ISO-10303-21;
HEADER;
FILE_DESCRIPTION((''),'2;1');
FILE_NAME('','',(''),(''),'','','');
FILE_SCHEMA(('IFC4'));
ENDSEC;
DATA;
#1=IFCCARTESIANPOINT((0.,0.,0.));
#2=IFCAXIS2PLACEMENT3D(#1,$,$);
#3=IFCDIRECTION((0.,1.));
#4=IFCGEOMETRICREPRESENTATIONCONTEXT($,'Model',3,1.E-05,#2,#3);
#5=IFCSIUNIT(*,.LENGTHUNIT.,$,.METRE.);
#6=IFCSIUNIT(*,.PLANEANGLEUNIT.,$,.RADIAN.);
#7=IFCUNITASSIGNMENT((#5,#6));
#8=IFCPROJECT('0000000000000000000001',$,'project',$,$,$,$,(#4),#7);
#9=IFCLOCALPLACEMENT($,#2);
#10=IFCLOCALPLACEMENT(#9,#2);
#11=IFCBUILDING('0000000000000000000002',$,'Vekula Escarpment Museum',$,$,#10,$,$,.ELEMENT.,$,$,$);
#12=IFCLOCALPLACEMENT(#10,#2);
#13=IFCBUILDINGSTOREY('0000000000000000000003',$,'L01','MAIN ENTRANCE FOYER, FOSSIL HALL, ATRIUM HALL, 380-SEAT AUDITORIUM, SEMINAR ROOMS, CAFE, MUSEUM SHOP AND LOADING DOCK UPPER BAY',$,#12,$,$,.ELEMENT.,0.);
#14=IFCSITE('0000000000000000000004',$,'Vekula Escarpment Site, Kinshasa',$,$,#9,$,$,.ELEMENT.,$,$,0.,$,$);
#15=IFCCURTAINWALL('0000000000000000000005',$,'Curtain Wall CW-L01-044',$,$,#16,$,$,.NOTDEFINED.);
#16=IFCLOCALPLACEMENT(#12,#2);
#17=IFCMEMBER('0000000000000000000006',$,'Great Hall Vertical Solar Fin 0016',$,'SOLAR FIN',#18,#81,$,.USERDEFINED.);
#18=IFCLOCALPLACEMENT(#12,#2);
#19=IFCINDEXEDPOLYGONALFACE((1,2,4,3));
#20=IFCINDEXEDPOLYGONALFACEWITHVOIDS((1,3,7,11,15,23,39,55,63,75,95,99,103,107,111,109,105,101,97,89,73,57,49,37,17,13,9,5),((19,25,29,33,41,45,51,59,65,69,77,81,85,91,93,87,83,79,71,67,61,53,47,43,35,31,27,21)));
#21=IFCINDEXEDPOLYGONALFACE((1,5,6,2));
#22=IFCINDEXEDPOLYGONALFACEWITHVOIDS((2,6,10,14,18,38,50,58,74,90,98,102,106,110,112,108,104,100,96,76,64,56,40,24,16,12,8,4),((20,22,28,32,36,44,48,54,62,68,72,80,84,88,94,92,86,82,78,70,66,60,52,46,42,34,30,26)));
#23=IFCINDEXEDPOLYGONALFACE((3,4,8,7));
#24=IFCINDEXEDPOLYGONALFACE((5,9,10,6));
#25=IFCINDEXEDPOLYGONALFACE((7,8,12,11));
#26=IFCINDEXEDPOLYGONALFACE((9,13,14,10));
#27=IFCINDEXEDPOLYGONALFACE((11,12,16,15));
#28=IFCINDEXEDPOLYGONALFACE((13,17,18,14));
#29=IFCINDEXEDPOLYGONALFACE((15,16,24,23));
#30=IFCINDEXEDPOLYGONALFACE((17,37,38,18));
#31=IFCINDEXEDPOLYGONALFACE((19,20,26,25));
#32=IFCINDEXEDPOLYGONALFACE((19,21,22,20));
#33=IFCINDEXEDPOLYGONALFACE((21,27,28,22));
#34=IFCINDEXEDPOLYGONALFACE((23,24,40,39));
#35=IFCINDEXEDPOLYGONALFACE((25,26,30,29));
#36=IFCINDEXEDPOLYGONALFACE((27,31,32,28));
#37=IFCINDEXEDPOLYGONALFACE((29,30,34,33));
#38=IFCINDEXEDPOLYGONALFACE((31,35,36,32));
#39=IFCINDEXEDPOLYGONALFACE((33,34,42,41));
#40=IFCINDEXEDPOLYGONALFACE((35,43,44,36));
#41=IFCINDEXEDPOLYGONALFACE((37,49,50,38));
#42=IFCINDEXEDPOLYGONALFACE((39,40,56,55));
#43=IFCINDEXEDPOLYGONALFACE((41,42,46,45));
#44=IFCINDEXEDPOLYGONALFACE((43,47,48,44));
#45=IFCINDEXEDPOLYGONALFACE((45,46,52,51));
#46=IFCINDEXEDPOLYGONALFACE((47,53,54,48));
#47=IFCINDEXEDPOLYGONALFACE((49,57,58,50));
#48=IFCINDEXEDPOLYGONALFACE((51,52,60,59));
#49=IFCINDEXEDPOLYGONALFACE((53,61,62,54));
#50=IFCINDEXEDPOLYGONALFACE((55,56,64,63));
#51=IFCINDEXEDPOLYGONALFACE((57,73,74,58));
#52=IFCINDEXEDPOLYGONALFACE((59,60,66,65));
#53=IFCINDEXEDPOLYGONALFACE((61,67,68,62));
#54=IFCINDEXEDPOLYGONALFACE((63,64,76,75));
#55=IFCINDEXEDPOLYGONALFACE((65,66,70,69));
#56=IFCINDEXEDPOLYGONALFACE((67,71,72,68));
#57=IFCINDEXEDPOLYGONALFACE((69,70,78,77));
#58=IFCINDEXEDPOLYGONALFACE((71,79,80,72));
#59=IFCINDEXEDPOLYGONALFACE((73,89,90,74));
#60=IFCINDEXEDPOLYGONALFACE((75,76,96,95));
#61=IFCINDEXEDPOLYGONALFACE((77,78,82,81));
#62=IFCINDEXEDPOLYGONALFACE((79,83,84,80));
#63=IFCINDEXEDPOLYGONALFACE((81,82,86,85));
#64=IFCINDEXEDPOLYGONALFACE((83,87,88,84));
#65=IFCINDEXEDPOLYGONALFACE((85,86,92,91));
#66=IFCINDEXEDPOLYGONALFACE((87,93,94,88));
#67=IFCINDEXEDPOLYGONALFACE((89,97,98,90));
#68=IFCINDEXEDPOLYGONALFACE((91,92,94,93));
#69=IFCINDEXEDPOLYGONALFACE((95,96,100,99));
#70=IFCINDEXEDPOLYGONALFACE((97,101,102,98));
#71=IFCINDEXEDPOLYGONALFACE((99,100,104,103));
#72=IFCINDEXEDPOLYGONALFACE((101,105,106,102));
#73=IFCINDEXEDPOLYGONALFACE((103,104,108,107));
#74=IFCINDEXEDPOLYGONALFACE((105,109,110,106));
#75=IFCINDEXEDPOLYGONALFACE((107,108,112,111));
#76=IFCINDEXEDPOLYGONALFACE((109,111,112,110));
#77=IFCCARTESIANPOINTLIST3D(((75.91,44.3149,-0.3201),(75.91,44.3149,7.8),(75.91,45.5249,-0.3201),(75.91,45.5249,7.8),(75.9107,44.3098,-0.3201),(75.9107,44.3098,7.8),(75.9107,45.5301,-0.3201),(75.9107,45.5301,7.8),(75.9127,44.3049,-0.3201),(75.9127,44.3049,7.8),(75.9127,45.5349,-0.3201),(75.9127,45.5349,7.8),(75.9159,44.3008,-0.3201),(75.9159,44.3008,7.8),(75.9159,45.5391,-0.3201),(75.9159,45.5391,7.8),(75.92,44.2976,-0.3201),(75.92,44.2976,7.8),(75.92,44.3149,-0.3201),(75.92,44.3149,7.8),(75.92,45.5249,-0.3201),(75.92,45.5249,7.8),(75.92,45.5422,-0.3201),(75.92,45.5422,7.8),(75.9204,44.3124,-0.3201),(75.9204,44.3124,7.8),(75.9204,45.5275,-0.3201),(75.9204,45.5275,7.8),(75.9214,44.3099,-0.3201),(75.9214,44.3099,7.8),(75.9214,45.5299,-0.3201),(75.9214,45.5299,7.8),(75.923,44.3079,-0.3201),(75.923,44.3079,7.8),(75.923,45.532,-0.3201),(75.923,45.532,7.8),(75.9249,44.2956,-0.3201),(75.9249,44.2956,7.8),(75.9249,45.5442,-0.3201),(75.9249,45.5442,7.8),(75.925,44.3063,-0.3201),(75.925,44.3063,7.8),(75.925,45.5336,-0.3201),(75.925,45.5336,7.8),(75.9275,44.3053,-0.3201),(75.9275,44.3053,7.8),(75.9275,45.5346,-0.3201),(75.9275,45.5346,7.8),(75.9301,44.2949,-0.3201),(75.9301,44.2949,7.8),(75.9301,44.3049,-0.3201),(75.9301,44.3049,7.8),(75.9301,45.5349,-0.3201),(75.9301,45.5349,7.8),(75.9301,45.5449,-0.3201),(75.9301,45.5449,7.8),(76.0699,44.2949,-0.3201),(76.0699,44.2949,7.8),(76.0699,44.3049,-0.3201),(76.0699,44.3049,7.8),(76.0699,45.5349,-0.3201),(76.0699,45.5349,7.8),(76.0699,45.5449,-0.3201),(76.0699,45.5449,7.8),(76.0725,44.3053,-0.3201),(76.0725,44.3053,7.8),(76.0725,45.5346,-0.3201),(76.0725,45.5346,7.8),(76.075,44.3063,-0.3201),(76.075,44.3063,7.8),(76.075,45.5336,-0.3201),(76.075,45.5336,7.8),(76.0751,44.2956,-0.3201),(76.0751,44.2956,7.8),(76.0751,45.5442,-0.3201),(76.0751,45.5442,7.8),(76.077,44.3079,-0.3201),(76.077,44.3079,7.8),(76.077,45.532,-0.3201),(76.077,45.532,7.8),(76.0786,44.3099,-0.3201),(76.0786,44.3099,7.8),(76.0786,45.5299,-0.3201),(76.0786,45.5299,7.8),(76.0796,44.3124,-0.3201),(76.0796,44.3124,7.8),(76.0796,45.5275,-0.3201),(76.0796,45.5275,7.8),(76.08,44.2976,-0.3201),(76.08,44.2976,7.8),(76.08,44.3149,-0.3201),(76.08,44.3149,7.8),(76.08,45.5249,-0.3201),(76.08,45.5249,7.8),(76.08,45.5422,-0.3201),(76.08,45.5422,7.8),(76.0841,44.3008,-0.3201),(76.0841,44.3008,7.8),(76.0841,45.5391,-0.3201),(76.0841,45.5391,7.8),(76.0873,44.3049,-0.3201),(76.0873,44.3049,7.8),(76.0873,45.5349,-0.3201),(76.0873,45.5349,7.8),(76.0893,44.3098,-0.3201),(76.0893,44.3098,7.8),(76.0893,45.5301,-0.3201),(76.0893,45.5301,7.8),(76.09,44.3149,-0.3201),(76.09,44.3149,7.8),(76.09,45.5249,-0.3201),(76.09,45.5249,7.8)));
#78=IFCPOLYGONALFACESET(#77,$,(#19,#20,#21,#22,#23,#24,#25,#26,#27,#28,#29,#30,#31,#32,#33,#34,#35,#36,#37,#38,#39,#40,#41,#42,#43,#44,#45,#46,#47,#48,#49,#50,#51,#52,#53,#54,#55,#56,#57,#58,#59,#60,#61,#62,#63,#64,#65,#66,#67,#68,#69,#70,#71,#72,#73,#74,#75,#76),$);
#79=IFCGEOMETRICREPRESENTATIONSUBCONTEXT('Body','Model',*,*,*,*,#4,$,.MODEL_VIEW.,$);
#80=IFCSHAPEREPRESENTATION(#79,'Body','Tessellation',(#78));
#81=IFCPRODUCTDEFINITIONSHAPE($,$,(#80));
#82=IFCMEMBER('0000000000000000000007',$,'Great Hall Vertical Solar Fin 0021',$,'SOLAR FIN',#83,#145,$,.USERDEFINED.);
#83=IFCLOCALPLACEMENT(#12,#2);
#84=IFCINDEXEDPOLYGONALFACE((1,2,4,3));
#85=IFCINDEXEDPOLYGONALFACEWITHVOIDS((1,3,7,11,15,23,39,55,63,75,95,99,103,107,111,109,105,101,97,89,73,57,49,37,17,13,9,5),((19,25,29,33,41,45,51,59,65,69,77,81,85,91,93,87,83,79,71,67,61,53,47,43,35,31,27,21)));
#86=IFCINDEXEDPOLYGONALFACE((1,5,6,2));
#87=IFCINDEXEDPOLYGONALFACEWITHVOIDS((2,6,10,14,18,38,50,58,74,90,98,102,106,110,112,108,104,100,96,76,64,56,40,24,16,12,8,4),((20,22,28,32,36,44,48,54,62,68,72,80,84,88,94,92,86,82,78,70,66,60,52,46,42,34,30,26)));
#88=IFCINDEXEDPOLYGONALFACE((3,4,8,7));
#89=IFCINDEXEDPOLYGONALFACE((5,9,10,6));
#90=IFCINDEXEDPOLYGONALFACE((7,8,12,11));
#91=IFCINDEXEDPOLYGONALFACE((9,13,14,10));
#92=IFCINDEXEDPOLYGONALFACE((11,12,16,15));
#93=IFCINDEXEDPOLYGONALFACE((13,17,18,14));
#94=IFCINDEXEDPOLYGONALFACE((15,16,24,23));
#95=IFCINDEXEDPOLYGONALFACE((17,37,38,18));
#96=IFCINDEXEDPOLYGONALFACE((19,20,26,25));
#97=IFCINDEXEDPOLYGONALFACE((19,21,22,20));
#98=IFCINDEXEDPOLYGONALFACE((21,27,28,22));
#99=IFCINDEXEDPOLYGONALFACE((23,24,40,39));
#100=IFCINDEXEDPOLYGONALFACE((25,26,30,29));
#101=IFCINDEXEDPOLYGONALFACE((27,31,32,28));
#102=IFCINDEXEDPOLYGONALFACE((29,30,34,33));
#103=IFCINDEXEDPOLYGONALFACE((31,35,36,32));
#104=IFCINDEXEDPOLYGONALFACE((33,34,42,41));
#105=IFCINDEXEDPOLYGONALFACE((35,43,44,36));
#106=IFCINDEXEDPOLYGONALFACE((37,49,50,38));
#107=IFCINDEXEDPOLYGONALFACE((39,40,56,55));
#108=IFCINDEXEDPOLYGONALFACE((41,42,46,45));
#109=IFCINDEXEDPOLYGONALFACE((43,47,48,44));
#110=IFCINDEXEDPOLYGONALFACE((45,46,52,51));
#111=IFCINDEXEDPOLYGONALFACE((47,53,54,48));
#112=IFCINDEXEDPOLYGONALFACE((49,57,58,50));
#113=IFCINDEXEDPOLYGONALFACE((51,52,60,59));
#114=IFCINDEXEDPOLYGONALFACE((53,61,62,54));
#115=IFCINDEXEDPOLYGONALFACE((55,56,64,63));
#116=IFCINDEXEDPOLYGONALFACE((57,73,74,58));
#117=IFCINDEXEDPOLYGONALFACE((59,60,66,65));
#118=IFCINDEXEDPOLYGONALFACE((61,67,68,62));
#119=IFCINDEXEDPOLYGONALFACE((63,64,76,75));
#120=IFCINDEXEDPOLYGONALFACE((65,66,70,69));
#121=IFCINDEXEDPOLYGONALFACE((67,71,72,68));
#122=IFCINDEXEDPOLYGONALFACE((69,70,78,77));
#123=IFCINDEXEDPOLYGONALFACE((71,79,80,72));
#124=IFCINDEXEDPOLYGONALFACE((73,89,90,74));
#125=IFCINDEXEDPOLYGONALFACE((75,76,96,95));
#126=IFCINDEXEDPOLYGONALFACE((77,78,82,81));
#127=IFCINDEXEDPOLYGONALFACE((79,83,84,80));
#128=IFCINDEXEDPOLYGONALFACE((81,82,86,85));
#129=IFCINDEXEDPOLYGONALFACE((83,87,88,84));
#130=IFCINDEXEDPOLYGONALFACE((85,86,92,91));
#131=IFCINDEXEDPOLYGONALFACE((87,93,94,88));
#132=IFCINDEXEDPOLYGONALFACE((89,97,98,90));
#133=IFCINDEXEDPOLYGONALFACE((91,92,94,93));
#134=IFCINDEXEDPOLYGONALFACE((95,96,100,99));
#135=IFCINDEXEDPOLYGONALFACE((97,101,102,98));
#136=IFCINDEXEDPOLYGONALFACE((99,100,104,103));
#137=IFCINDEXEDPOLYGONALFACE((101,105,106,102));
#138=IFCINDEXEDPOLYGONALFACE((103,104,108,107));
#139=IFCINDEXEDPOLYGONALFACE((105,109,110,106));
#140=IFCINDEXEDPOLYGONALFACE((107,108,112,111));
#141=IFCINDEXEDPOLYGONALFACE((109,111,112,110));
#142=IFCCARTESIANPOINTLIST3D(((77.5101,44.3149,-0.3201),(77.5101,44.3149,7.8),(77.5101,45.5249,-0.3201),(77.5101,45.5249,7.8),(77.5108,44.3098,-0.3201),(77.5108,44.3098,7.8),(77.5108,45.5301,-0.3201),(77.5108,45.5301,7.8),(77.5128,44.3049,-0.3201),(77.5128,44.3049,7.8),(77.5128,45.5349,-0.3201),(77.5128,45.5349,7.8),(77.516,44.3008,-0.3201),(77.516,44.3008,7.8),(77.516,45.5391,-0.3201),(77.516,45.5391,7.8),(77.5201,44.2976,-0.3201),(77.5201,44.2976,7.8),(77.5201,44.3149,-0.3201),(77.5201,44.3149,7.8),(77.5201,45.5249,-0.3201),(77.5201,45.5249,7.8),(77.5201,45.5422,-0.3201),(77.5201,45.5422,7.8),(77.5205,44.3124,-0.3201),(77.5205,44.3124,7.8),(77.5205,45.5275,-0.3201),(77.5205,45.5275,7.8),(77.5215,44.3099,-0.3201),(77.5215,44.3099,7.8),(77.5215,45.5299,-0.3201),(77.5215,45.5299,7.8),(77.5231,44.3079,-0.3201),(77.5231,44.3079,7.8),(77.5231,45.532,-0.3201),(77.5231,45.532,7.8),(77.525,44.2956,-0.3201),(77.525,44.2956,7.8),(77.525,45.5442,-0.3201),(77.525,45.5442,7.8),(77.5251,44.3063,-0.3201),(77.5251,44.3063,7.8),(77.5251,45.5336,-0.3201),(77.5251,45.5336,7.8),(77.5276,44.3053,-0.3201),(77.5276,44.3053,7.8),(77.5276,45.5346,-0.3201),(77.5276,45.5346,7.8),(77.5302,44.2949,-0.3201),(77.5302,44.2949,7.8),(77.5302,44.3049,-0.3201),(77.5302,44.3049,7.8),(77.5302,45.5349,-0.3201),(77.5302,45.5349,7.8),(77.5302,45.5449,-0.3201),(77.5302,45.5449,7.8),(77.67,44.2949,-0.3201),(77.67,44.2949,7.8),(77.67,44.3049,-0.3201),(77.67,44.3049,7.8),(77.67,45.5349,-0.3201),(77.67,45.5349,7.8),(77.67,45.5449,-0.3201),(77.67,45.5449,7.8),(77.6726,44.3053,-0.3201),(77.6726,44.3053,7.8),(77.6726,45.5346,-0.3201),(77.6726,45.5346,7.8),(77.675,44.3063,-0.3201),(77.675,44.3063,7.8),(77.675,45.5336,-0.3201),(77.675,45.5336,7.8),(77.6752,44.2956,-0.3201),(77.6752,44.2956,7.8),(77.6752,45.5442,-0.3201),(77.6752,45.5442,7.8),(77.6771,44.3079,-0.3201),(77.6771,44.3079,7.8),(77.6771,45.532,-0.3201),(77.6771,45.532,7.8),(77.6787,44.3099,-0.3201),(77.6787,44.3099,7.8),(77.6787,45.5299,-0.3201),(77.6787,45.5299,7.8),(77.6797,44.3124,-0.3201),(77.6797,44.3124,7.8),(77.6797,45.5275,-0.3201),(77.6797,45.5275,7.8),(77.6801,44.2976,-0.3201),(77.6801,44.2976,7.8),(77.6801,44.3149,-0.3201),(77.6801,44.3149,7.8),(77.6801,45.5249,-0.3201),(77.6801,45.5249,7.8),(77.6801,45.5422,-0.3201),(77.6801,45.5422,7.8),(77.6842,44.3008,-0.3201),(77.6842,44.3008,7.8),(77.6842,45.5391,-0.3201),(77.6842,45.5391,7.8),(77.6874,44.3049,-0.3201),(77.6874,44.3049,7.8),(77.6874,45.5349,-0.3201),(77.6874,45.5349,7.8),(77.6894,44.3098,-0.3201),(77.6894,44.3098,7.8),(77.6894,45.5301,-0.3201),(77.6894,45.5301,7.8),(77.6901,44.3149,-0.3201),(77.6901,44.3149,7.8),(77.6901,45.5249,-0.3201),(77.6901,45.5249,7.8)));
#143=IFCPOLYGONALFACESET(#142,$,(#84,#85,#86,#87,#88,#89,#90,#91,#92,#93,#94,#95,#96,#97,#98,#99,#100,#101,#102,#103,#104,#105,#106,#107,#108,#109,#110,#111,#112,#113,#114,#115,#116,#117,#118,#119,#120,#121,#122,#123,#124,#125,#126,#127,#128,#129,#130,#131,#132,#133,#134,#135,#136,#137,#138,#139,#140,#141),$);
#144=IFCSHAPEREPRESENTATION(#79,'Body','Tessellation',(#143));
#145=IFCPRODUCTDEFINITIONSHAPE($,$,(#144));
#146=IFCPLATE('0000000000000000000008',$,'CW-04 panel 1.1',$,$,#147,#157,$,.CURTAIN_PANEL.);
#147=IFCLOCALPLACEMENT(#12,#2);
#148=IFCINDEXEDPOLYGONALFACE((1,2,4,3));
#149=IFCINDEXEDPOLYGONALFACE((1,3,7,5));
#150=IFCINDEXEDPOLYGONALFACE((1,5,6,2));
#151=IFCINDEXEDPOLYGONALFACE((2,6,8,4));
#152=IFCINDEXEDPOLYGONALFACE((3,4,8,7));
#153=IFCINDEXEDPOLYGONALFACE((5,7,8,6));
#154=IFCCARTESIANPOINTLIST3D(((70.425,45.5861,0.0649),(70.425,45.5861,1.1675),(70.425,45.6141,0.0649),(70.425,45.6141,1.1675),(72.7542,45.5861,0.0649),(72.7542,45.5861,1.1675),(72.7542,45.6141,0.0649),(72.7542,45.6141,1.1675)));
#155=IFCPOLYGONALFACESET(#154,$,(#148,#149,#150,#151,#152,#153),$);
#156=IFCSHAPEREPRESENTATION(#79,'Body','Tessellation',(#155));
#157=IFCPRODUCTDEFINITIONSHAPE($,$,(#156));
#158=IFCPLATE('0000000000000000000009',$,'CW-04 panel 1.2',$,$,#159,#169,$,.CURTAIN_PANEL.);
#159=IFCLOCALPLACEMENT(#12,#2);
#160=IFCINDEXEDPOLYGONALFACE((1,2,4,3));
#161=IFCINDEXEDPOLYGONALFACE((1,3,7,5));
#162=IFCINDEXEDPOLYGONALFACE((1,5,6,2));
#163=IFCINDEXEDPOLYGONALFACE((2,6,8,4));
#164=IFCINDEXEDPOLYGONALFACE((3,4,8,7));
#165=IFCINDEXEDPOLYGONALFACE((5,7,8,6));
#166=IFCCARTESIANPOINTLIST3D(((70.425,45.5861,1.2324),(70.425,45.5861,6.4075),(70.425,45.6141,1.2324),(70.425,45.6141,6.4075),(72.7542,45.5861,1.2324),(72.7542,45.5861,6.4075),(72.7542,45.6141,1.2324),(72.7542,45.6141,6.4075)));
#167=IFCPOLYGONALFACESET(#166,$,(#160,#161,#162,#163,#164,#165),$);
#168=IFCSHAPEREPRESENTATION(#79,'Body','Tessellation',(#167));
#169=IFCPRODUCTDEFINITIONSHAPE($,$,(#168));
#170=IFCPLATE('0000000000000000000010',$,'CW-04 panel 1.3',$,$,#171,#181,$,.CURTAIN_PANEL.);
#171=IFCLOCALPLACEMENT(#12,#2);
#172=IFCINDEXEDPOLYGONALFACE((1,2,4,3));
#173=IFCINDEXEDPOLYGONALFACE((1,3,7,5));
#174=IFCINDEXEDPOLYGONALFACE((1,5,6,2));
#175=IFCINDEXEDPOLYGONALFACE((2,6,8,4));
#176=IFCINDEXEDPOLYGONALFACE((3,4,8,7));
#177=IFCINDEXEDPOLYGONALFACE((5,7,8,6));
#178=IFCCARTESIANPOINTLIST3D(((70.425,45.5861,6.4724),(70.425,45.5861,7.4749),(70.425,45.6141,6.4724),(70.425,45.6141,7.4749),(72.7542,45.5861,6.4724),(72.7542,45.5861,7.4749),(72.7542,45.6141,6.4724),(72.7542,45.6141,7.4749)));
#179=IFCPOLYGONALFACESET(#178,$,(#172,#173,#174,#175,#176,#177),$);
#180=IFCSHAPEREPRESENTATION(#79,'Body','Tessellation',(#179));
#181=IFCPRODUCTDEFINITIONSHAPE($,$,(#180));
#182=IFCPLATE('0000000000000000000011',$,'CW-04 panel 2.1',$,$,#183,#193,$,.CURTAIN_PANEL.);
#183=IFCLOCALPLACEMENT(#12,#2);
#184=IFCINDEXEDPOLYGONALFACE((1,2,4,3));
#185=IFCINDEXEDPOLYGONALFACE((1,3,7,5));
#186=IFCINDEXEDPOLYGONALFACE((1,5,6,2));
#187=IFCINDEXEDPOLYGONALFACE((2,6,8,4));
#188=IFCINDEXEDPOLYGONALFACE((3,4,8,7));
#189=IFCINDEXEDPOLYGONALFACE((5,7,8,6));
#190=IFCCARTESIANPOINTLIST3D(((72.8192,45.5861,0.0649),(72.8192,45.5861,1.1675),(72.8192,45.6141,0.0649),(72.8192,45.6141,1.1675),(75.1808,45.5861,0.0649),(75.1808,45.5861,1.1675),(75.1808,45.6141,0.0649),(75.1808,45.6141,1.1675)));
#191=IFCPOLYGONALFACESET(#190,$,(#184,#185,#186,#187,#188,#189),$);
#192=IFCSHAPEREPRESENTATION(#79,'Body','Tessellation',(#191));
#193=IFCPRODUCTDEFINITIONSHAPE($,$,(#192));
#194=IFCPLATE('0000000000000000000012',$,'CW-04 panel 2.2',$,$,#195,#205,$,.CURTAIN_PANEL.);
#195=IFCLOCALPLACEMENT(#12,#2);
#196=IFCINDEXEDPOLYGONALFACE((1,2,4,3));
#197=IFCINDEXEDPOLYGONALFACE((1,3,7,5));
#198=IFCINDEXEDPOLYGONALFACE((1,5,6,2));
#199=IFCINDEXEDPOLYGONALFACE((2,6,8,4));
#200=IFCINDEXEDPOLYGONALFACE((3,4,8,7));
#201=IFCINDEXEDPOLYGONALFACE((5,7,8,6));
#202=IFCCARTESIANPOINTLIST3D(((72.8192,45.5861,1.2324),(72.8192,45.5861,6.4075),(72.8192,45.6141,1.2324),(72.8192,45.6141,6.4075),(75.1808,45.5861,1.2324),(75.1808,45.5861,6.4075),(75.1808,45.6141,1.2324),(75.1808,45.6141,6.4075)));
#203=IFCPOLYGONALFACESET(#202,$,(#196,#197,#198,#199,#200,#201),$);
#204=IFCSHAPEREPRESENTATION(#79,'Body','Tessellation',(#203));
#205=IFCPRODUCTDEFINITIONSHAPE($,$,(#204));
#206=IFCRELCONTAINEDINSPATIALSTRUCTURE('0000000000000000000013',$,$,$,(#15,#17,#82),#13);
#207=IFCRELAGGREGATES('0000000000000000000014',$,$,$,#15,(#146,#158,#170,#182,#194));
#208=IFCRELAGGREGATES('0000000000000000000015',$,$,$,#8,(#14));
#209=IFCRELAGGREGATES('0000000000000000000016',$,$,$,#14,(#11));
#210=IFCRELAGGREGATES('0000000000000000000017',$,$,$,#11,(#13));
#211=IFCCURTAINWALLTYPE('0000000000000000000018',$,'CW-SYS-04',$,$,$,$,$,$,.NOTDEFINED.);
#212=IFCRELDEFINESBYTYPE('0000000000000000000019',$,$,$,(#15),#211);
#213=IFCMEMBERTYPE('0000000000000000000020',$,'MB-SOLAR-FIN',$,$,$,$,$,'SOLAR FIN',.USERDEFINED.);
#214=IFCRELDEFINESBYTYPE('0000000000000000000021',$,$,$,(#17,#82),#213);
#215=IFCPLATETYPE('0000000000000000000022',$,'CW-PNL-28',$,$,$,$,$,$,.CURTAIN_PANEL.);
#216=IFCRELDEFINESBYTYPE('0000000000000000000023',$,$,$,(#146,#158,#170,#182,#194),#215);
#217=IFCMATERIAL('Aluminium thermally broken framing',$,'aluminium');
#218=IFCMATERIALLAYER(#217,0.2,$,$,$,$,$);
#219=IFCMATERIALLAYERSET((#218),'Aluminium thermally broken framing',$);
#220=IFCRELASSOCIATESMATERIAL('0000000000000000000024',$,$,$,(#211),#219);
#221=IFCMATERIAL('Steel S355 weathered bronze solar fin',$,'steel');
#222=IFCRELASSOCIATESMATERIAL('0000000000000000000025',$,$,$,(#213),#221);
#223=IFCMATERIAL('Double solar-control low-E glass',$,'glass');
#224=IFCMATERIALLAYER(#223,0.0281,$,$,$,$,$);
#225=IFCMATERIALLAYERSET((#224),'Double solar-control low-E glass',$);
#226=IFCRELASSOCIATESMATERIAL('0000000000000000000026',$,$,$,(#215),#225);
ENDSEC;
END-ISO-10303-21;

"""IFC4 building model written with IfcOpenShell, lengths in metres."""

from ifc_helpers import new_model, si_unit, direction, frame, origin, origin_2d, place, context, subcontext, project, spatial, rectangle, hollow_rectangle, extrude, material, layer, layer_set, material_profile, profile_set, type_object, element, aggregate, save


model = new_model("IFC4")

# Units and contexts
model_context = context("Model", 3, precision=1e-05, world=origin(), true_north=direction((0.0, 1.0)))
body_context = subcontext(model_context, "Body", "Model", "MODEL_VIEW")
ifc_project = project(units=[si_unit("LENGTHUNIT", "METRE"), si_unit("PLANEANGLEUNIT", "RADIAN")], contexts=[model_context])

# Site, building, storey
site_placement = place(None, origin())
site = spatial("IfcSite", under=ifc_project, at=site_placement, Name="Vekula Escarpment Site, Kinshasa", CompositionType="ELEMENT", RefElevation=0.0)
building_placement = place(site_placement, origin())
building = spatial("IfcBuilding", under=site, at=building_placement, Name="Vekula Escarpment Museum", CompositionType="ELEMENT")
storey_placement = place(building_placement, origin())
storey = spatial("IfcBuildingStorey", under=building, at=storey_placement, Name="L01", Description="MAIN ENTRANCE FOYER, FOSSIL HALL, ATRIUM HALL, 380-SEAT AUDITORIUM, SEMINAR ROOMS, CAFE, MUSEUM SHOP AND LOADING DOCK UPPER BAY", CompositionType="ELEMENT", Elevation=0.0)

# Curtain wall
ifc_material_1 = material(Name="Aluminium thermally broken framing", Category="aluminium")
ifc_layer_1 = layer(ifc_material_1, 0.2)
ifc_layer_set_1 = layer_set([ifc_layer_1], Name="Aluminium thermally broken framing")
curtain_wall_type = type_object("IfcCurtainWallType", Name="CW-SYS-04", PredefinedType="NOTDEFINED", material=ifc_layer_set_1)
curtain_wall_placement = place(storey_placement, origin())
curtain_wall = element("IfcCurtainWall", 1, at=curtain_wall_placement, inside=storey, type_object=curtain_wall_type, Name="Curtain Wall CW-L01-044", PredefinedType="NOTDEFINED")

# Members
ifc_material_2 = material(Name="Steel S355 weathered bronze solar fin", Category="steel")
ifc_material_profile_1 = material_profile(ifc_material_2, hollow_rectangle(XDim=0.1799, YDim=1.25, WallThickness=0.01, InnerFilletRadius=0.01, OuterFilletRadius=0.02, at=origin_2d()), Name="RHS 1250x180x10")
ifc_profile_set_1 = profile_set([ifc_material_profile_1], Name="Steel S355 weathered bronze solar fin")
member_type_1 = type_object("IfcMemberType", Name="MB-SOLAR-FIN", ElementType="SOLAR FIN", PredefinedType="USERDEFINED", material=ifc_profile_set_1)
for number, where, z_axis, x_axis, name in (
    (2, (76.0, 44.9199, -0.3201), (0.0, 0.0, 1.0), (1.0, 0.0, 0.0), "Great Hall Vertical Solar Fin 0016"),
    (3, (77.6001, 44.9199, -0.3201), (0.0, 0.0, 1.0), (1.0, 0.0, 0.0), "Great Hall Vertical Solar Fin 0021"),
):
    element("IfcMember", number, at=place(storey_placement, frame(where, z_axis=z_axis, x_axis=x_axis)), inside=storey, type_object=member_type_1, Name=name, ObjectType="SOLAR FIN", PredefinedType="USERDEFINED", context=body_context, shape_type="SweptSolid", body=[
        extrude(hollow_rectangle(XDim=0.1799, YDim=1.25, WallThickness=0.01, InnerFilletRadius=0.01, OuterFilletRadius=0.02, at=origin_2d()), origin(), (0.0, 0.0, 1.0), 8.1201),
    ])

# Plates
ifc_material_3 = material(Name="Double solar-control low-E glass", Category="glass")
ifc_layer_2 = layer(ifc_material_3, 0.0281)
ifc_layer_set_2 = layer_set([ifc_layer_2], Name="Double solar-control low-E glass")
plate_type = type_object("IfcPlateType", Name="CW-PNL-28", PredefinedType="CURTAIN_PANEL", material=ifc_layer_set_2)
plate_1_placement = place(storey_placement, frame((71.5896, 45.6001, 0.0649), z_axis=(0.0, 0.0, 1.0), x_axis=(1.0, 0.0, 0.0)))
plate_1 = element("IfcPlate", 4, at=plate_1_placement, type_object=plate_type, Name="CW-04 panel 1.1", PredefinedType="CURTAIN_PANEL", context=body_context, shape_type="SweptSolid", body=[
    extrude(rectangle(XDim=2.3291, YDim=0.0281, at=origin_2d()), origin(), (0.0, 0.0, 1.0), 1.1025),
])
plate_2_placement = place(storey_placement, frame((71.5896, 45.6001, 1.2324), z_axis=(0.0, 0.0, 1.0), x_axis=(1.0, 0.0, 0.0)))
plate_2 = element("IfcPlate", 5, at=plate_2_placement, type_object=plate_type, Name="CW-04 panel 1.2", PredefinedType="CURTAIN_PANEL", context=body_context, shape_type="SweptSolid", body=[
    extrude(rectangle(XDim=2.3291, YDim=0.0281, at=origin_2d()), origin(), (0.0, 0.0, 1.0), 5.175),
])
plate_3_placement = place(storey_placement, frame((71.5896, 45.6001, 6.4724), z_axis=(0.0, 0.0, 1.0), x_axis=(1.0, 0.0, 0.0)))
plate_3 = element("IfcPlate", 6, at=plate_3_placement, type_object=plate_type, Name="CW-04 panel 1.3", PredefinedType="CURTAIN_PANEL", context=body_context, shape_type="SweptSolid", body=[
    extrude(rectangle(XDim=2.3291, YDim=0.0281, at=origin_2d()), origin(), (0.0, 0.0, 1.0), 1.0024),
])
plate_4_placement = place(storey_placement, frame((74.0, 45.6001, 0.0649), z_axis=(0.0, 0.0, 1.0), x_axis=(1.0, 0.0, 0.0)))
plate_4 = element("IfcPlate", 7, at=plate_4_placement, type_object=plate_type, Name="CW-04 panel 2.1", PredefinedType="CURTAIN_PANEL", context=body_context, shape_type="SweptSolid", body=[
    extrude(rectangle(XDim=2.3616, YDim=0.0281, at=origin_2d()), origin(), (0.0, 0.0, 1.0), 1.1025),
])
plate_5_placement = place(storey_placement, frame((74.0, 45.6001, 1.2324), z_axis=(0.0, 0.0, 1.0), x_axis=(1.0, 0.0, 0.0)))
plate_5 = element("IfcPlate", 8, at=plate_5_placement, type_object=plate_type, Name="CW-04 panel 2.2", PredefinedType="CURTAIN_PANEL", context=body_context, shape_type="SweptSolid", body=[
    extrude(rectangle(XDim=2.3616, YDim=0.0281, at=origin_2d()), origin(), (0.0, 0.0, 1.0), 5.175),
])
aggregate(curtain_wall, [plate_1, plate_2, plate_3, plate_4, plate_5])

save(model, "model.ifc")
